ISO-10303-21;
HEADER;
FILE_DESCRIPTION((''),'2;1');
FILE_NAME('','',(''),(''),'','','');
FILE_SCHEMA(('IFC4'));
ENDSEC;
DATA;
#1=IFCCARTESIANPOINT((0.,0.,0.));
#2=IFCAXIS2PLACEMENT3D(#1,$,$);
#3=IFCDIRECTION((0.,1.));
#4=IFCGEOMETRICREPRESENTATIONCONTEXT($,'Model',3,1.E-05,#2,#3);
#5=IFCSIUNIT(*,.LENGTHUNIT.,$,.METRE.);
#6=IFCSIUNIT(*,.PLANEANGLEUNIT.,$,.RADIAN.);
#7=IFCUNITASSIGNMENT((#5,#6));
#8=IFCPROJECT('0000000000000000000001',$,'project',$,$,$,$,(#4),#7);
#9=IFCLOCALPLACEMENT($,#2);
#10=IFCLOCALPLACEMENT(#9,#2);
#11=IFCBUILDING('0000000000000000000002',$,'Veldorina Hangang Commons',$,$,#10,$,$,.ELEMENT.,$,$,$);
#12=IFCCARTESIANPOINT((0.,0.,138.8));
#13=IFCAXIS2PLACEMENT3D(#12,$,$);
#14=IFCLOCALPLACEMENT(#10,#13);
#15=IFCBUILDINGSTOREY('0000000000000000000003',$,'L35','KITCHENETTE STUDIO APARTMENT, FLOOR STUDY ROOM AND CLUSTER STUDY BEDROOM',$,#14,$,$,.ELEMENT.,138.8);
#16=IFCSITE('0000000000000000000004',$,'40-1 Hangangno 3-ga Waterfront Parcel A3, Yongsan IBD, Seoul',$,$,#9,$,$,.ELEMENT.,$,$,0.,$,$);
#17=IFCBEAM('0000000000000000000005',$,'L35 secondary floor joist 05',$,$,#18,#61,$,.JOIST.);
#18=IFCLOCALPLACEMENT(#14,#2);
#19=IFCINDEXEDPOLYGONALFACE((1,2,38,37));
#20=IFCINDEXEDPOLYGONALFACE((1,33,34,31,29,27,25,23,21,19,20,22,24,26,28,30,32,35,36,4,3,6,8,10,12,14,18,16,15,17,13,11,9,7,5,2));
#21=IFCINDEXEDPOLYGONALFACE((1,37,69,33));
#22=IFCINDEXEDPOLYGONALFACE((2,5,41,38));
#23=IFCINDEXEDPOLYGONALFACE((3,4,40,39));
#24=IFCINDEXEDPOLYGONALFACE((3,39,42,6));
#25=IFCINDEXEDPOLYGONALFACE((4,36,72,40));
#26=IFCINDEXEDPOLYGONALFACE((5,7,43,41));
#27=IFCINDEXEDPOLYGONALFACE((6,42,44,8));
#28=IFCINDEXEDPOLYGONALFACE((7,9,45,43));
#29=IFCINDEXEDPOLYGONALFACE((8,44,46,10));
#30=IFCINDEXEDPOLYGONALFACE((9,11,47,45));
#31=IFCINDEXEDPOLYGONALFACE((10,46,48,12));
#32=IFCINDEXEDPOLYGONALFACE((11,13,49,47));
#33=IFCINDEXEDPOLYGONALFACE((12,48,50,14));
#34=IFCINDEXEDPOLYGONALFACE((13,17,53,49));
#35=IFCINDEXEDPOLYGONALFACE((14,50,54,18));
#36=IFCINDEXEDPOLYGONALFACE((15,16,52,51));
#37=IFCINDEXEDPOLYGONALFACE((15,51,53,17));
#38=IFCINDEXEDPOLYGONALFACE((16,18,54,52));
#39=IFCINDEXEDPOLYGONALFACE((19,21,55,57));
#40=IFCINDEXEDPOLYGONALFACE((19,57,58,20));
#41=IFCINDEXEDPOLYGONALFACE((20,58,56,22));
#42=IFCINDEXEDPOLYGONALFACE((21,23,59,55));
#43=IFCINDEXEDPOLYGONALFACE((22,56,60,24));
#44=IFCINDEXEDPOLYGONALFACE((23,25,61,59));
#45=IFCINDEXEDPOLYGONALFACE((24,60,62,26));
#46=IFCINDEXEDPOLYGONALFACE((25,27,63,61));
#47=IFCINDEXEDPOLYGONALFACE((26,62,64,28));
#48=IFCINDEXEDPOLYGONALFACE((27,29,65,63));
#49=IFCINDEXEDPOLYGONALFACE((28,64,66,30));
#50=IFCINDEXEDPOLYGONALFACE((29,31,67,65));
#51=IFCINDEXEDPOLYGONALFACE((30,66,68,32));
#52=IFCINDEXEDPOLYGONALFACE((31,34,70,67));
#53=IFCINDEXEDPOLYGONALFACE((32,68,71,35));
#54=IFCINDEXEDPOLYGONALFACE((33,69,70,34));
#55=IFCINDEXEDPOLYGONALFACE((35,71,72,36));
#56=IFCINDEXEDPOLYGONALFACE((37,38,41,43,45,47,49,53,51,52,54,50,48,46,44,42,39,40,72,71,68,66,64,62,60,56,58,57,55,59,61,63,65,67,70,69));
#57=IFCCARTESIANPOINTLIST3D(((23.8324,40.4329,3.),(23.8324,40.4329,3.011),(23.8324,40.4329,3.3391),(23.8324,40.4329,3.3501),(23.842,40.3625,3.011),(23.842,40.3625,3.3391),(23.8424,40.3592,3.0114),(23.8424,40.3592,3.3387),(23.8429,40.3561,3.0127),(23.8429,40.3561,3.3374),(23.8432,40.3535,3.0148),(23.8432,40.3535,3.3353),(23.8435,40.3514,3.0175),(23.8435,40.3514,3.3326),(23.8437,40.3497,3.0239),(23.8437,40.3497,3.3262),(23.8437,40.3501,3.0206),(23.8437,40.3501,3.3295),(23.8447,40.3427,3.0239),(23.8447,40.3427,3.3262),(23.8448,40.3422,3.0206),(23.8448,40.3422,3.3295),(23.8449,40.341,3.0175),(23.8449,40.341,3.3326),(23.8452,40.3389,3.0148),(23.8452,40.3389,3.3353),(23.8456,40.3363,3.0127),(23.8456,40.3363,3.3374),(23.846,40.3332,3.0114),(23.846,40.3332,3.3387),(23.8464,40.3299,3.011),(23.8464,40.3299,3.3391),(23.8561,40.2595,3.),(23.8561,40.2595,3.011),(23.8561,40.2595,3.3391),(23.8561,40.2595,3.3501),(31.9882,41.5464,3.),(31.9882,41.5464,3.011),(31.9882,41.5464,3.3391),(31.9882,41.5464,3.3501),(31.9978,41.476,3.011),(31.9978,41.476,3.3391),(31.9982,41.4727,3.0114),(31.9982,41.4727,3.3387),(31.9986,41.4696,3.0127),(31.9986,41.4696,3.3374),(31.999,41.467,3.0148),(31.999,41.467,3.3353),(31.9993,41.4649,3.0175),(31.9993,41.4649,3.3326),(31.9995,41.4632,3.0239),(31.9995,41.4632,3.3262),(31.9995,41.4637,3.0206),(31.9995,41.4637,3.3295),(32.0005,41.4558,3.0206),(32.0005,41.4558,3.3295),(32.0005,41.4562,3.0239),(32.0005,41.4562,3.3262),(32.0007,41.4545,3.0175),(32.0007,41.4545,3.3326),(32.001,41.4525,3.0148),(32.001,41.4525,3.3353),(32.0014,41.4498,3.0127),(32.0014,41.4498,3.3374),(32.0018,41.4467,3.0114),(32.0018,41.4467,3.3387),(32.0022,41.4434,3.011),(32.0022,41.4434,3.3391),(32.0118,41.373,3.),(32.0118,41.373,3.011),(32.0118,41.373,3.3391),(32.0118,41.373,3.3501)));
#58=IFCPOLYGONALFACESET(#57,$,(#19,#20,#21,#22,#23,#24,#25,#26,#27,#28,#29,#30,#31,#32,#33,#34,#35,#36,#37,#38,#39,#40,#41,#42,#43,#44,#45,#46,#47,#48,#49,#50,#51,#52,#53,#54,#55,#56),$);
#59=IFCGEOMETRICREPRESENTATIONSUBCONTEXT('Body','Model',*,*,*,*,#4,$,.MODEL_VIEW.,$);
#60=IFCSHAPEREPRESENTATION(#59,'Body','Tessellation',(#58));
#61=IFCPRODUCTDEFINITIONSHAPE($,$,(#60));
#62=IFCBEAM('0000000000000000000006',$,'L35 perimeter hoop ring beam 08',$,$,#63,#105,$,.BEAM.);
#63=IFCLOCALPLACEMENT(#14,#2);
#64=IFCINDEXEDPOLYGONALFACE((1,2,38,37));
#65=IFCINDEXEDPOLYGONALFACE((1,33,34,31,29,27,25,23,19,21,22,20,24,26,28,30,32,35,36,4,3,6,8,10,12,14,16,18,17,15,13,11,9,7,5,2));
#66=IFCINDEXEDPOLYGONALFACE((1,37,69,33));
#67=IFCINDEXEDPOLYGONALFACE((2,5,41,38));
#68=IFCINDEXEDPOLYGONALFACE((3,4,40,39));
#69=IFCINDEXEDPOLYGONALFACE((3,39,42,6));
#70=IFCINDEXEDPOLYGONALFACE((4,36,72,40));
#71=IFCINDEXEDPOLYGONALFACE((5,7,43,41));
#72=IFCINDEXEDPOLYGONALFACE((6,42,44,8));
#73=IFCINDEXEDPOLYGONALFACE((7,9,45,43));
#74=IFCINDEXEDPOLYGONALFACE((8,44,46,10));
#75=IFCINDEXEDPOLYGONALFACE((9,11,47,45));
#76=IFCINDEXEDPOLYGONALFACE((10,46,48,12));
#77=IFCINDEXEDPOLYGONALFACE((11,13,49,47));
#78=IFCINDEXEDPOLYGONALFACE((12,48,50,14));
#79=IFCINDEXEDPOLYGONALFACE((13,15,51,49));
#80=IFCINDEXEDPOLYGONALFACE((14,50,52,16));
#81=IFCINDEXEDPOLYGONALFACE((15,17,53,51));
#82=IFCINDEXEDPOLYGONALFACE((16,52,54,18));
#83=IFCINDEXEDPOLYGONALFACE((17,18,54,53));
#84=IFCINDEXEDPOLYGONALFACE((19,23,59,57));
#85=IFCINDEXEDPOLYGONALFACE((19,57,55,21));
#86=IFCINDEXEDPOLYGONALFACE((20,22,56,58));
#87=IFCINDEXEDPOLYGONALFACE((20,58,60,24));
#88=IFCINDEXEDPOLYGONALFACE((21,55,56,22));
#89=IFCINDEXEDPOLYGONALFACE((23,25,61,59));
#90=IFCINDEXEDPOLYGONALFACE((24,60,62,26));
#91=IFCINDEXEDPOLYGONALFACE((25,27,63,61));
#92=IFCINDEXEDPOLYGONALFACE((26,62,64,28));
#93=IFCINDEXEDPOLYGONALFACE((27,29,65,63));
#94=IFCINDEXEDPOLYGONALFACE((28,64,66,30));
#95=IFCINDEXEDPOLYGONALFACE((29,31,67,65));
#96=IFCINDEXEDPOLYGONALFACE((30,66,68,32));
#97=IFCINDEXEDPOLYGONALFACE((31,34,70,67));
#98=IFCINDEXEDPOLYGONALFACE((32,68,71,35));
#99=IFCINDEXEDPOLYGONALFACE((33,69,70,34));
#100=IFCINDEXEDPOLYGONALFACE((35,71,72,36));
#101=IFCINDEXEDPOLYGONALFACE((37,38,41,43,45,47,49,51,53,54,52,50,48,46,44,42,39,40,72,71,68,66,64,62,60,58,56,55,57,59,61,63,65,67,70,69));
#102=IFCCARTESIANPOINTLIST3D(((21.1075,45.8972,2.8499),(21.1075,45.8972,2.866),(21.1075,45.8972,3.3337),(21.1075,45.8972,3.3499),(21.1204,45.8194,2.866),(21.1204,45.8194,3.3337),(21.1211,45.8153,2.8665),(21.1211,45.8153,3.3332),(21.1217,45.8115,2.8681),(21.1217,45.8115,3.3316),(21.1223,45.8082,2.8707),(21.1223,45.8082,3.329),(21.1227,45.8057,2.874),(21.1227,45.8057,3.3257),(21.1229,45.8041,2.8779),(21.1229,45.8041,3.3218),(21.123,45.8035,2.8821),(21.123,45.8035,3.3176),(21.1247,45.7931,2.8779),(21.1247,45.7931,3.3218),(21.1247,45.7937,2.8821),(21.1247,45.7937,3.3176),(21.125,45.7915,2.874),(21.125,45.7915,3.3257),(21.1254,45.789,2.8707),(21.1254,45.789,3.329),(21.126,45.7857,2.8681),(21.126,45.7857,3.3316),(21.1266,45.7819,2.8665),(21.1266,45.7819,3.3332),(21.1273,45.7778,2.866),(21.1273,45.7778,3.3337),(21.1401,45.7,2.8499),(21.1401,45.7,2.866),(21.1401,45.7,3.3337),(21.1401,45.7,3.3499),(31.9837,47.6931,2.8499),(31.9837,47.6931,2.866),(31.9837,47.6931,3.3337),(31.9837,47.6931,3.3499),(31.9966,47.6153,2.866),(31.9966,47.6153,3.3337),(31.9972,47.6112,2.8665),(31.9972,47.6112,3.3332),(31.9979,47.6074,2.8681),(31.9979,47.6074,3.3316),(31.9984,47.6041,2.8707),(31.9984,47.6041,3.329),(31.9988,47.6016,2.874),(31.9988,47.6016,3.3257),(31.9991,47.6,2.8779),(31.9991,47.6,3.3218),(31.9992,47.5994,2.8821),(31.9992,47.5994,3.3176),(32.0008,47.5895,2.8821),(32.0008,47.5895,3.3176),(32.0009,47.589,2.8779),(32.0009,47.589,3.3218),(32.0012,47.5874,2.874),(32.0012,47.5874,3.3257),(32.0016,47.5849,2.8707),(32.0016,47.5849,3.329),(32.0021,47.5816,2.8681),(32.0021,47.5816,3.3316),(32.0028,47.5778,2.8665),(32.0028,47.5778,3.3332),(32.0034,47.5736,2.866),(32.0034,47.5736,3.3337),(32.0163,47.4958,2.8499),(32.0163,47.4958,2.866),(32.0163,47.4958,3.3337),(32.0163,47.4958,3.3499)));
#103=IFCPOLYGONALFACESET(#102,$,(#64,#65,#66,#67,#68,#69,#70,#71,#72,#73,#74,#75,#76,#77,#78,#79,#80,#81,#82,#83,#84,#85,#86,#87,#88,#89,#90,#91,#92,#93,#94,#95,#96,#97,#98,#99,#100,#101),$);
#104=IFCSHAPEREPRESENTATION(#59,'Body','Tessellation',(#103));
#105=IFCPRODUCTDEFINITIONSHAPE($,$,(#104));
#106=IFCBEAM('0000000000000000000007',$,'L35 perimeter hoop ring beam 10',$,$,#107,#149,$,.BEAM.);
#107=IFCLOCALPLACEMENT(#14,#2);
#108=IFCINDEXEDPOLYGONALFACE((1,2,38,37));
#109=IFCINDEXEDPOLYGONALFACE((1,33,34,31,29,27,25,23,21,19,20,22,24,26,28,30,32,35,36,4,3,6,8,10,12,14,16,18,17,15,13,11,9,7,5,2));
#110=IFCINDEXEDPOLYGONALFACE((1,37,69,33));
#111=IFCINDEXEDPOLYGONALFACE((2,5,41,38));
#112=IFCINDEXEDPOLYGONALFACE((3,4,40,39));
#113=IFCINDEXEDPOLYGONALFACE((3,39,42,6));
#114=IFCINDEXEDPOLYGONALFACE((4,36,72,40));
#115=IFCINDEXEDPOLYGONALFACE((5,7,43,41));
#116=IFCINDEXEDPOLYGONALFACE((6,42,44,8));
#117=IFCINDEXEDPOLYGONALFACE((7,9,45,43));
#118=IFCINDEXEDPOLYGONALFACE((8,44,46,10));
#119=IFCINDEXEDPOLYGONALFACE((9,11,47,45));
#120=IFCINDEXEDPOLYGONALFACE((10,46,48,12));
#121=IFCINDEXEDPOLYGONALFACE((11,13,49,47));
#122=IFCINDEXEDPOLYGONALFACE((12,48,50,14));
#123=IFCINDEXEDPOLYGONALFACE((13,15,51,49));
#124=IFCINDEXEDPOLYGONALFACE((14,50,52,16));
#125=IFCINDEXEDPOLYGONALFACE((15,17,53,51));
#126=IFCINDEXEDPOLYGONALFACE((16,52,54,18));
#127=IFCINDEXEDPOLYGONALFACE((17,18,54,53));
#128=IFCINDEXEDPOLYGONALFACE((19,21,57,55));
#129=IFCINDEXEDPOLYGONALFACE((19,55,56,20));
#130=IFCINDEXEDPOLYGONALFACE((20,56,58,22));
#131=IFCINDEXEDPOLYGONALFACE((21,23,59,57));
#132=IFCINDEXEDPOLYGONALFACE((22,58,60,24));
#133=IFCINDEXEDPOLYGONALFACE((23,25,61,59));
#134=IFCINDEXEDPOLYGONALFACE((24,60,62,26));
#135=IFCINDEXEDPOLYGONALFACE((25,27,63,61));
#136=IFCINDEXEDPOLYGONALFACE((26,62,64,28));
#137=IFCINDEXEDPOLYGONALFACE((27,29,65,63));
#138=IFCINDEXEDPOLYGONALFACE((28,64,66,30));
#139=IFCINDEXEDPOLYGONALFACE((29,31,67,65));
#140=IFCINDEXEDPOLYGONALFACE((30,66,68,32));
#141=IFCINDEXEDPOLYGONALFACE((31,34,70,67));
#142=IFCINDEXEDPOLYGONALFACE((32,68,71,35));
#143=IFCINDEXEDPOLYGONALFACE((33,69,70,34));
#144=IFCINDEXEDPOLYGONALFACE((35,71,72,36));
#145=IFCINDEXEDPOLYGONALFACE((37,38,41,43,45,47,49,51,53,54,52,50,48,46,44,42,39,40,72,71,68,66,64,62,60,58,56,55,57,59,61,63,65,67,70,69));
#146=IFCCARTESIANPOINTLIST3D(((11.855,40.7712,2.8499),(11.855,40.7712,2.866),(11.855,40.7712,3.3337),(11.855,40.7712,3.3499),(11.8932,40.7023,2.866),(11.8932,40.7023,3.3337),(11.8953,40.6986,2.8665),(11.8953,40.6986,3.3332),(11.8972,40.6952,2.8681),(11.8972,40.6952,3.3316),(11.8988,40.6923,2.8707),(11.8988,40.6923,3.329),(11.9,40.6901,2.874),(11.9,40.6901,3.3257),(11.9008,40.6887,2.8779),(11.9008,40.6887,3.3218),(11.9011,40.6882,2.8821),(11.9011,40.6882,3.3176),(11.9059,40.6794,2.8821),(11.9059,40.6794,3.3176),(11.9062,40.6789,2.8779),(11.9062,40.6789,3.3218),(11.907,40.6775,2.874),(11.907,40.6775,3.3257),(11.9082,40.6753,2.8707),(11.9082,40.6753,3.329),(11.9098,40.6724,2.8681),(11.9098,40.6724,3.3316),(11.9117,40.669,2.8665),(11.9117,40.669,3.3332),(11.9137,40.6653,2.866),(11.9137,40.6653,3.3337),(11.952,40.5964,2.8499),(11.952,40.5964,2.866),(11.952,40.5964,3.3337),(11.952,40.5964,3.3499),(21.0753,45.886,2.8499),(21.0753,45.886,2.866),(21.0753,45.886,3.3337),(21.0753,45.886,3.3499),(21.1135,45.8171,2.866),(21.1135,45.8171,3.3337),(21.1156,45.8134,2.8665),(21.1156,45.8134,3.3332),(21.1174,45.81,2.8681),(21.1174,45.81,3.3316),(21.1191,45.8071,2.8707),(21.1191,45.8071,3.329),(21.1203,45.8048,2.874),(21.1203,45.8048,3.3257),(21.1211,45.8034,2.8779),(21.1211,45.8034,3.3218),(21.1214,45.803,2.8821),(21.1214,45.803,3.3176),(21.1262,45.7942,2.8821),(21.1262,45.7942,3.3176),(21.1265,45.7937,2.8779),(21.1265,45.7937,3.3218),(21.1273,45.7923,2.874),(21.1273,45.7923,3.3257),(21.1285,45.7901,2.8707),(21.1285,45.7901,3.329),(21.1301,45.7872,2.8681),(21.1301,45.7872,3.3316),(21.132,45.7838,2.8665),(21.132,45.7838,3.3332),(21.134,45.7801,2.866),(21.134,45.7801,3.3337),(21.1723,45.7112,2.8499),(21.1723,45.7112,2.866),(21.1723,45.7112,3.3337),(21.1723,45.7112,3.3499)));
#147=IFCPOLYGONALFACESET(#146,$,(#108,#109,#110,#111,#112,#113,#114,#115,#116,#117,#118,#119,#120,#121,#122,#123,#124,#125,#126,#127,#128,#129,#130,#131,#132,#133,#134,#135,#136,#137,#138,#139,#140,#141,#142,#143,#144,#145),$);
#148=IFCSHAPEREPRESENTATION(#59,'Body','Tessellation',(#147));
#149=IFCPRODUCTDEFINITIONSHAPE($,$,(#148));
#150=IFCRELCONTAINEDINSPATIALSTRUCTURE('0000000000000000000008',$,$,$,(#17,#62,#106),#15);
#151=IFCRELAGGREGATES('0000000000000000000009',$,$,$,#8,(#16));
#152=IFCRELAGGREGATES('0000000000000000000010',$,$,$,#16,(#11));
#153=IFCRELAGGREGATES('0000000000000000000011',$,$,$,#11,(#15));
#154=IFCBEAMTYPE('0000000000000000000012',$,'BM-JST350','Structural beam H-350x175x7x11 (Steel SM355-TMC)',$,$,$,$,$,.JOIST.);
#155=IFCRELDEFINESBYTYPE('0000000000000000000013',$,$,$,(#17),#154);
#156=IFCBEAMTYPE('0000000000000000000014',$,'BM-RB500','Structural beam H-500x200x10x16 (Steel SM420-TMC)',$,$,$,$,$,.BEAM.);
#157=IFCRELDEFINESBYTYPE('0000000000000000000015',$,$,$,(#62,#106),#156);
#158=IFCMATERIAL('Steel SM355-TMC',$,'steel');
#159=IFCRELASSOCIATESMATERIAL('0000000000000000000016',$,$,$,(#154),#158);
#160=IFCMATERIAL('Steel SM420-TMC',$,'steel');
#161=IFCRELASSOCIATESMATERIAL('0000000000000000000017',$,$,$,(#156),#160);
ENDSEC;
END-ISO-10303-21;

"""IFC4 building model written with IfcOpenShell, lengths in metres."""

from ifc_helpers import new_model, si_unit, direction, frame, origin, origin_2d, place, context, subcontext, project, spatial, i_section, extrude, material, material_profile, profile_set, type_object, element, save


model = new_model("IFC4")

# Units and contexts
model_context = context("Model", 3, precision=1e-05, world=origin(), true_north=direction((0.0, 1.0)))
body_context = subcontext(model_context, "Body", "Model", "MODEL_VIEW")
ifc_project = project(units=[si_unit("LENGTHUNIT", "METRE"), si_unit("PLANEANGLEUNIT", "RADIAN")], contexts=[model_context])

# Site, building, storey
site_placement = place(None, origin())
site = spatial("IfcSite", under=ifc_project, at=site_placement, Name="40-1 Hangangno 3-ga Waterfront Parcel A3, Yongsan IBD, Seoul", CompositionType="ELEMENT", RefElevation=0.0)
building_placement = place(site_placement, origin())
building = spatial("IfcBuilding", under=site, at=building_placement, Name="Veldorina Hangang Commons", CompositionType="ELEMENT")
storey_placement = place(building_placement, frame((0.0, 0.0, 138.8)))
storey = spatial("IfcBuildingStorey", under=building, at=storey_placement, Name="L35", Description="KITCHENETTE STUDIO APARTMENT, FLOOR STUDY ROOM AND CLUSTER STUDY BEDROOM", CompositionType="ELEMENT", Elevation=138.8)

# Beams
ifc_material_1 = material(Name="Steel SM355-TMC", Category="steel")
ifc_material_profile_1 = material_profile(ifc_material_1, i_section(OverallWidth=0.175, OverallDepth=0.3501, WebThickness=0.0071, FlangeThickness=0.011, FilletRadius=0.0129, at=origin_2d()), Name="H-350x175x7x11")
ifc_profile_set_1 = profile_set([ifc_material_profile_1], Name="Steel SM355-TMC")
beam_type_1 = type_object("IfcBeamType", Name="BM-JST350", Description="Structural beam H-350x175x7x11 (Steel SM355-TMC)", PredefinedType="JOIST", material=ifc_profile_set_1)
beam_1_placement = place(storey_placement, frame((32.0, 41.4597, 3.175), z_axis=(-0.990808, -0.135277, 0.0), x_axis=(0.135277, -0.990808, 0.0)))
element("IfcBeam", 1, at=beam_1_placement, inside=storey, type_object=beam_type_1, Name="L35 secondary floor joist 05", PredefinedType="JOIST", context=body_context, shape_type="SweptSolid", body=[
    extrude(i_section(OverallWidth=0.175, OverallDepth=0.3501, WebThickness=0.0071, FlangeThickness=0.011, FilletRadius=0.0129, at=origin_2d()), origin(), (0.0, 0.0, 1.0), 8.2314),
])
ifc_material_2 = material(Name="Steel SM420-TMC", Category="steel")
ifc_material_profile_2 = material_profile(ifc_material_2, i_section(OverallWidth=0.2, OverallDepth=0.5, WebThickness=0.01, FlangeThickness=0.0161, FilletRadius=0.0161, at=origin_2d()), Name="H-500x200x10x16")
ifc_profile_set_2 = profile_set([ifc_material_profile_2], Name="Steel SM420-TMC")
beam_type_2 = type_object("IfcBeamType", Name="BM-RB500", Description="Structural beam H-500x200x10x16 (Steel SM420-TMC)", PredefinedType="BEAM", material=ifc_profile_set_2)
beam_2_placement = place(storey_placement, frame((32.0, 47.5945, 3.0999), z_axis=(-0.98664, -0.162916, 0.0), x_axis=(0.162916, -0.98664, 0.0)))
element("IfcBeam", 2, at=beam_2_placement, inside=storey, type_object=beam_type_2, Name="L35 perimeter hoop ring beam 08", PredefinedType="BEAM", context=body_context, shape_type="SweptSolid", body=[
    extrude(i_section(OverallWidth=0.2, OverallDepth=0.5, WebThickness=0.01, FlangeThickness=0.0161, FilletRadius=0.0161, at=origin_2d()), origin(), (0.0, 0.0, 1.0), 11.0234),
])
beam_3_placement = place(storey_placement, frame((21.1238, 45.7986, 3.0999), z_axis=(-0.874463, -0.485092, 0.0), x_axis=(0.485092, -0.874463, 0.0)))
element("IfcBeam", 3, at=beam_3_placement, inside=storey, type_object=beam_type_2, Name="L35 perimeter hoop ring beam 10", PredefinedType="BEAM", context=body_context, shape_type="SweptSolid", body=[
    extrude(i_section(OverallWidth=0.2, OverallDepth=0.5, WebThickness=0.01, FlangeThickness=0.0161, FilletRadius=0.0161, at=origin_2d()), origin(), (0.0, 0.0, 1.0), 10.5439),
])

save(model, "model.ifc")
